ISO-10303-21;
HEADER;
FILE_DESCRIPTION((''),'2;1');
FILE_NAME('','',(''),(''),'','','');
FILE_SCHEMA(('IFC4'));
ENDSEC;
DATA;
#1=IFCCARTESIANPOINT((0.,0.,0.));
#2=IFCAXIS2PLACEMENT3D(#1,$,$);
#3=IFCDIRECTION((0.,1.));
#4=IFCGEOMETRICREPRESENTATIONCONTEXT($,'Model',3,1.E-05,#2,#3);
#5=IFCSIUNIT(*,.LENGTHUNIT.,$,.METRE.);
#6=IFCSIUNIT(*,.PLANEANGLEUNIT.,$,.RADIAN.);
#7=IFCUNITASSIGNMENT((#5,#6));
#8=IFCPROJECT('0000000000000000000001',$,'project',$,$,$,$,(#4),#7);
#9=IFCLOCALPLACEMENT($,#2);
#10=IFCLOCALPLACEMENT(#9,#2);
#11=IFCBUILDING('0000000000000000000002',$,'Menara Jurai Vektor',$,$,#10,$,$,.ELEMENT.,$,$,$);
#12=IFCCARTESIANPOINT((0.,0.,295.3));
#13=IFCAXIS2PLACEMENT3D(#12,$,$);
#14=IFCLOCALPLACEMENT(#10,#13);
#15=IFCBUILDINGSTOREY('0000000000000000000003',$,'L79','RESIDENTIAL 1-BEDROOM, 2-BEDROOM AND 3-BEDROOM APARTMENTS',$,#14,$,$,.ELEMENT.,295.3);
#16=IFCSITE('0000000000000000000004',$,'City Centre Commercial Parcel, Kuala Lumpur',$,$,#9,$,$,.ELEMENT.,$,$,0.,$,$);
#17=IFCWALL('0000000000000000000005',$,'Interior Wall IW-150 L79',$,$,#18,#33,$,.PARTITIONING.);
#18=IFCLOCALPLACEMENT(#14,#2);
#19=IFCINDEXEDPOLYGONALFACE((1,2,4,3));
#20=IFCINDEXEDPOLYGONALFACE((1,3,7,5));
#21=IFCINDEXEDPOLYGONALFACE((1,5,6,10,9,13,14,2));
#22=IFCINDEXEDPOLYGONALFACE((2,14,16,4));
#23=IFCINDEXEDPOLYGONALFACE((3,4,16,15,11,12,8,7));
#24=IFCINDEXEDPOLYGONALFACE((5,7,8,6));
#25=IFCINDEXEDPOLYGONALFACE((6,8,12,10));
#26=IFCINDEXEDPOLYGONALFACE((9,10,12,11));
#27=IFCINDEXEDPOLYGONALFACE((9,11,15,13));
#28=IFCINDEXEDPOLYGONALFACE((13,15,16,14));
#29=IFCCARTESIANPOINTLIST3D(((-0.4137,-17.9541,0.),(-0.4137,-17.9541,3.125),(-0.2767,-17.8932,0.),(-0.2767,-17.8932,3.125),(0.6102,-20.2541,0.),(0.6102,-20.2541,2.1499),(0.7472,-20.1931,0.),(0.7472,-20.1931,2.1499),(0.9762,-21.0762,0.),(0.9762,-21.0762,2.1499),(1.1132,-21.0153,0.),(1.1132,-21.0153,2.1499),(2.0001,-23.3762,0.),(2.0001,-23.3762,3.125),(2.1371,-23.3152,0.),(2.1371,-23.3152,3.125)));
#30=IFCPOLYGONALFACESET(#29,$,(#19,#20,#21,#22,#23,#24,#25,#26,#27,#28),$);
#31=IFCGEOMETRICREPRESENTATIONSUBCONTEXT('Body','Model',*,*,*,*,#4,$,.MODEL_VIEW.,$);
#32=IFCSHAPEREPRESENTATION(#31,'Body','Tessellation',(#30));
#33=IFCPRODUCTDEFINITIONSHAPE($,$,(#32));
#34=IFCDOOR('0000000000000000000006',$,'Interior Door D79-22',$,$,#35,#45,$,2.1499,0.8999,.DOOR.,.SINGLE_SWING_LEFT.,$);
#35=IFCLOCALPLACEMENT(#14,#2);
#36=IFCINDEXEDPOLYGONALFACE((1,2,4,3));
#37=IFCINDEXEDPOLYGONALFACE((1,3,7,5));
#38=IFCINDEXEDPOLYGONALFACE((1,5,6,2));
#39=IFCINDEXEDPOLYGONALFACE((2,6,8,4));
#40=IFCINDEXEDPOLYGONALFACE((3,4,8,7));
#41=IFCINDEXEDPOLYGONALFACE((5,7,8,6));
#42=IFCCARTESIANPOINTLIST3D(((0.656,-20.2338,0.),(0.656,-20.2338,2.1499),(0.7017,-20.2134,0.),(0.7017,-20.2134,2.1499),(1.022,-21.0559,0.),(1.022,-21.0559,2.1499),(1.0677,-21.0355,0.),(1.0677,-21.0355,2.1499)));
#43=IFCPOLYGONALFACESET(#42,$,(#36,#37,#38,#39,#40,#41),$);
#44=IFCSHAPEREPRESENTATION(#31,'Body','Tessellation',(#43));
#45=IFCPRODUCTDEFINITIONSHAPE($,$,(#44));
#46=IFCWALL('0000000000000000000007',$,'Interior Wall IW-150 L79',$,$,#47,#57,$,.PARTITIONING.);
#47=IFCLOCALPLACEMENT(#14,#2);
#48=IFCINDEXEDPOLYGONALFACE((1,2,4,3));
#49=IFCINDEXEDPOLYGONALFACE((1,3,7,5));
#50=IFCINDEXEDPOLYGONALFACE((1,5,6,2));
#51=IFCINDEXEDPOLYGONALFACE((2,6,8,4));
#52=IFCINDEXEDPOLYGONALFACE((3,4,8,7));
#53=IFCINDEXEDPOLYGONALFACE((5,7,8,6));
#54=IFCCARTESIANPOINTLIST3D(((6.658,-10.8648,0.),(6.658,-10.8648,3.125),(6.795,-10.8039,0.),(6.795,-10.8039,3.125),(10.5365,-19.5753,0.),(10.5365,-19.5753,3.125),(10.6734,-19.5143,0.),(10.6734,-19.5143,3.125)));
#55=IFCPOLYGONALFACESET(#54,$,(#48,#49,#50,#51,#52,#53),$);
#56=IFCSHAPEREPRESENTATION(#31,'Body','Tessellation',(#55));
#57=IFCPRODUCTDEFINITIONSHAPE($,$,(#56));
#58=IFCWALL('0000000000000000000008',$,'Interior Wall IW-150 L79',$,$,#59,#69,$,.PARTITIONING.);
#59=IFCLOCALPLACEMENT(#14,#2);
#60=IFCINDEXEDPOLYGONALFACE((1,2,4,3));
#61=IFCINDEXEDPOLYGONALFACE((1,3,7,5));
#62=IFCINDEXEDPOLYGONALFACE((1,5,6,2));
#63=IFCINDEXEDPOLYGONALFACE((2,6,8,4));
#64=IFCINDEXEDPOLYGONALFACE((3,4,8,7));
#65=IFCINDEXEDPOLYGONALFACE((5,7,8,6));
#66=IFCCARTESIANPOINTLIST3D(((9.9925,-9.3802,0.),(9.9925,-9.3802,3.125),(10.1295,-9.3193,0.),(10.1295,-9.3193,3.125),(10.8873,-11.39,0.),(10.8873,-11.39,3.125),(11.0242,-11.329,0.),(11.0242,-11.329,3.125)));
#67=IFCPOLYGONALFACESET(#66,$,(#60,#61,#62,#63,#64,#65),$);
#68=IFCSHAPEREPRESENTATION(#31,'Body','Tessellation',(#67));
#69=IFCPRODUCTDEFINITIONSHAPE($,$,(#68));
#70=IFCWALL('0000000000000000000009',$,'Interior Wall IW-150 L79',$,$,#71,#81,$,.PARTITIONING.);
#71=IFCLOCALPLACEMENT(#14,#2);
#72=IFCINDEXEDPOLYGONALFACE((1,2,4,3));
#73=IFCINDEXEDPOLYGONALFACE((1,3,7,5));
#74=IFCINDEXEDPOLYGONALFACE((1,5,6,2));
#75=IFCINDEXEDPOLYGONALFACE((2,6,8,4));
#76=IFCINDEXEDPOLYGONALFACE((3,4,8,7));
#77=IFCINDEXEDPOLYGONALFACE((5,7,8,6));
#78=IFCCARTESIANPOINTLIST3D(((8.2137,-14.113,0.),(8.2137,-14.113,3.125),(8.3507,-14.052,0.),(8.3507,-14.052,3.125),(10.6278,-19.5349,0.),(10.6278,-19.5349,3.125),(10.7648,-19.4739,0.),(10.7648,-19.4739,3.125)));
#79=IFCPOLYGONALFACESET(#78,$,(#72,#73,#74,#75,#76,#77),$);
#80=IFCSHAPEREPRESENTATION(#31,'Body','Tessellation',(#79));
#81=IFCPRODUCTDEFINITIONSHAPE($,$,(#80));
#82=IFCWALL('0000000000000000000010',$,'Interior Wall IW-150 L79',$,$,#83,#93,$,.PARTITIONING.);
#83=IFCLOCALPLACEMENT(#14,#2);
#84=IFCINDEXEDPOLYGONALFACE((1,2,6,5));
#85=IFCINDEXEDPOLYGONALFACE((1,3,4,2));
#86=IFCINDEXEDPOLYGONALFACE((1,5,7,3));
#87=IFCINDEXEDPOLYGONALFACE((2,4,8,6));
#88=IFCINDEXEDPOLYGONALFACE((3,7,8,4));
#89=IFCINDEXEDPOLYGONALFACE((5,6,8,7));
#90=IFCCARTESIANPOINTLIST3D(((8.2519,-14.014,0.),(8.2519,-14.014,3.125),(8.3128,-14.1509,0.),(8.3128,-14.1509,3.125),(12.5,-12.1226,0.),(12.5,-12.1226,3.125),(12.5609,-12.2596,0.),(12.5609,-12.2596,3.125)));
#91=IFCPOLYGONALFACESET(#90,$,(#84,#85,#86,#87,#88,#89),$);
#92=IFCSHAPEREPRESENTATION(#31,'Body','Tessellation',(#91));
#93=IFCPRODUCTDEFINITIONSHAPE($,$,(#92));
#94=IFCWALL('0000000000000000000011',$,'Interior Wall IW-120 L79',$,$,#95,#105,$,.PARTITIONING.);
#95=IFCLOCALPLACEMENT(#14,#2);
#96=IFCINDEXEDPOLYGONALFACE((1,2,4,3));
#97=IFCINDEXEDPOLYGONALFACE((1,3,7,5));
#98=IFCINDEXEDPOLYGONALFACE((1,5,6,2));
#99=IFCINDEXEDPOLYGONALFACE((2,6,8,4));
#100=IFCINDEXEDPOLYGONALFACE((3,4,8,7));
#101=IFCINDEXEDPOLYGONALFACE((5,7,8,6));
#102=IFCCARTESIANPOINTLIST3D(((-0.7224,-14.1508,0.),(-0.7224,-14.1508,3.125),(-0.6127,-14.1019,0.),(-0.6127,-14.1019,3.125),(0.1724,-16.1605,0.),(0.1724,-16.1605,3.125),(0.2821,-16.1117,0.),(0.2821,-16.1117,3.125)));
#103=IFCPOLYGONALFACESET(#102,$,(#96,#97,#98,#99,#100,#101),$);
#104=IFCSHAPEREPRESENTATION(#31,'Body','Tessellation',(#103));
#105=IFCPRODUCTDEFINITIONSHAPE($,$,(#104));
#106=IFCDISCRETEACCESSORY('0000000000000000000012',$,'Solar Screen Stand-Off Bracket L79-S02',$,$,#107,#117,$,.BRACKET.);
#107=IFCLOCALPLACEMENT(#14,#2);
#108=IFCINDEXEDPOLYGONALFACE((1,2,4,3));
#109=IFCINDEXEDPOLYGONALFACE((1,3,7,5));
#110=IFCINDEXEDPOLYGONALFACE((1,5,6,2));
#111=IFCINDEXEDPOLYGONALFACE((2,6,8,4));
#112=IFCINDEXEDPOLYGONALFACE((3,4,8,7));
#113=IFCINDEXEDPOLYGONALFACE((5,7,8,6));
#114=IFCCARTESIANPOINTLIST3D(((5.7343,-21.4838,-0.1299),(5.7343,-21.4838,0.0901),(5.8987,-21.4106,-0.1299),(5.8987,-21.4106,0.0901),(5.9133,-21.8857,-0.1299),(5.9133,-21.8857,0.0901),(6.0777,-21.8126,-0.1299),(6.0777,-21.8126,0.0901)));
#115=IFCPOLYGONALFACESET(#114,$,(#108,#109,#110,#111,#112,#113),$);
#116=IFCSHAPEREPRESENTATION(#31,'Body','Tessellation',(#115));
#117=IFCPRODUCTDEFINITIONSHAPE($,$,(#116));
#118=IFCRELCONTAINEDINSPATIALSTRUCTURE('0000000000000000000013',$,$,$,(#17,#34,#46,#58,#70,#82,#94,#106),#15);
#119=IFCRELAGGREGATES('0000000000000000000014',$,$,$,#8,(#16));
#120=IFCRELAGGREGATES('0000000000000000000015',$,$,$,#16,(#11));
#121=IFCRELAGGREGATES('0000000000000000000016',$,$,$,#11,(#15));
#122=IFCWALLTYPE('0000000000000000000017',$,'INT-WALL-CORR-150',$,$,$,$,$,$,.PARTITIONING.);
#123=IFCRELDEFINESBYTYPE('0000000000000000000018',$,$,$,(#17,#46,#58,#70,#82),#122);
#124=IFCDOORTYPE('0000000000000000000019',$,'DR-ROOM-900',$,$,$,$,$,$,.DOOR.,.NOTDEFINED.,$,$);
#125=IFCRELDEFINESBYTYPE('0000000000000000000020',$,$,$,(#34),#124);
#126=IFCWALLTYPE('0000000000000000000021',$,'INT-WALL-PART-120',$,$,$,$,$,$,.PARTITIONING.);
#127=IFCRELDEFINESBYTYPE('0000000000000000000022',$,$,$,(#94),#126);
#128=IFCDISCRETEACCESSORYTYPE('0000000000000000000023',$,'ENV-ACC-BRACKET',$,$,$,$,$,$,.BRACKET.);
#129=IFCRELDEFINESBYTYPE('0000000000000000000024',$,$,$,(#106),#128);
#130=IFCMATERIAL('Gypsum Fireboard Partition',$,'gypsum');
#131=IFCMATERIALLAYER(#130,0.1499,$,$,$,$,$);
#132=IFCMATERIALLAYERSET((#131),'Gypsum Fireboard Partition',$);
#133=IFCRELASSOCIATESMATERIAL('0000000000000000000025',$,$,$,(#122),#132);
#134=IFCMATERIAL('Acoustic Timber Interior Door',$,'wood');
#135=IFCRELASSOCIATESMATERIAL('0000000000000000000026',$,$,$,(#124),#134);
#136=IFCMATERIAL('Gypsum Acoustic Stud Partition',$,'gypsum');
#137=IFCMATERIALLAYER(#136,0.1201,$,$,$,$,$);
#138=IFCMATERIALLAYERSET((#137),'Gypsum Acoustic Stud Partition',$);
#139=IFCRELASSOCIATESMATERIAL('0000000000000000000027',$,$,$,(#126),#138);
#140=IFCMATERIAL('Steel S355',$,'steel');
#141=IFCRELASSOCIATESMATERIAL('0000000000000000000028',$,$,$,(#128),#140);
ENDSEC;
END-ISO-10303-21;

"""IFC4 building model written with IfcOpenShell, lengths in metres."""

from ifc_helpers import new_model, si_unit, direction, frame, frame_2d, origin, origin_2d, place, context, subcontext, project, spatial, rectangle, extrude, material, layer, layer_set, type_object, element, fill, save


model = new_model("IFC4")

# Units and contexts
model_context = context("Model", 3, precision=1e-05, world=origin(), true_north=direction((0.0, 1.0)))
body_context = subcontext(model_context, "Body", "Model", "MODEL_VIEW")
ifc_project = project(units=[si_unit("LENGTHUNIT", "METRE"), si_unit("PLANEANGLEUNIT", "RADIAN")], contexts=[model_context])

# Site, building, storey
site_placement = place(None, origin())
site = spatial("IfcSite", under=ifc_project, at=site_placement, Name="City Centre Commercial Parcel, Kuala Lumpur", CompositionType="ELEMENT", RefElevation=0.0)
building_placement = place(site_placement, origin())
building = spatial("IfcBuilding", under=site, at=building_placement, Name="Menara Jurai Vektor", CompositionType="ELEMENT")
storey_placement = place(building_placement, frame((0.0, 0.0, 295.3)))
storey = spatial("IfcBuildingStorey", under=building, at=storey_placement, Name="L79", Description="RESIDENTIAL 1-BEDROOM, 2-BEDROOM AND 3-BEDROOM APARTMENTS", CompositionType="ELEMENT", Elevation=295.3)

# Shared definitions
ifc_material_1 = material(Name="Steel S355", Category="steel")

# Shared definitions
ifc_material_2 = material(Name="Gypsum Fireboard Partition", Category="gypsum")
ifc_layer_1 = layer(ifc_material_2, 0.1499)
ifc_layer_set_1 = layer_set([ifc_layer_1], Name="Gypsum Fireboard Partition")
wall_type_1 = type_object("IfcWallType", Name="INT-WALL-CORR-150", PredefinedType="PARTITIONING", material=ifc_layer_set_1)
ifc_material_3 = material(Name="Acoustic Timber Interior Door", Category="wood")
door_type_1 = type_object("IfcDoorType", Name="DR-ROOM-900", OperationType="NOTDEFINED", PredefinedType="DOOR", material=ifc_material_3)

# Wall, opening, door
wall_1_placement = place(storey_placement, frame((2.0686, -23.3457, 0.0), z_axis=(0.0, 0.0, 1.0), x_axis=(-0.406699, 0.913562, 0.0)))
wall_1 = element("IfcWall", 1, at=wall_1_placement, inside=storey, type_object=wall_type_1, Name="Interior Wall IW-150 L79", PredefinedType="PARTITIONING", context=body_context, shape_type="SweptSolid", body=[
    extrude(rectangle(XDim=5.9351, YDim=0.1499, at=frame_2d((2.9675, 0.0))), origin(), (0.0, 0.0, 1.0), 3.125),
])
opening_1_placement = place(wall_1_placement, frame((2.5176, 0.0, 0.0)))
opening_1 = element("IfcOpeningElement", 2, at=opening_1_placement, cuts=wall_1, PredefinedType="OPENING", context=body_context, shape_type="SweptSolid", body=[
    extrude(rectangle(XDim=0.8999, YDim=2.1499, at=frame_2d((0.45, 1.075))), frame((0.0, 0.085, 0.0), z_axis=(0.0, -1.0, 0.0), x_axis=(1.0, 0.0, 0.0)), (0.0, 0.0, 1.0), 0.1699),
])
door_1_placement = place(opening_1_placement, origin())
door_1 = element("IfcDoor", 3, at=door_1_placement, inside=storey, type_object=door_type_1, Name="Interior Door D79-22", OperationType="SINGLE_SWING_LEFT", OverallHeight=2.1499, OverallWidth=0.8999, PredefinedType="DOOR", context=body_context, shape_type="SweptSolid", body=[
    extrude(rectangle(XDim=0.8999, YDim=2.1499, at=frame_2d((0.45, 1.075))), frame((0.0, 0.0249, 0.0), z_axis=(0.0, -1.0, 0.0), x_axis=(1.0, 0.0, 0.0)), (0.0, 0.0, 1.0), 0.05),
])
fill(opening_1, door_1)

# Walls
wall_2_placement = place(storey_placement, frame((10.605, -19.5449, 0.0), z_axis=(0.0, 0.0, 1.0), x_axis=(-0.406761, 0.913535, 0.0)))
element("IfcWall", 4, at=wall_2_placement, inside=storey, type_object=wall_type_1, Name="Interior Wall IW-150 L79", PredefinedType="PARTITIONING", context=body_context, shape_type="SweptSolid", body=[
    extrude(rectangle(XDim=9.5349, YDim=0.1499, at=frame_2d((4.7676, 0.0))), origin(), (0.0, 0.0, 1.0), 3.125),
])
wall_3_placement = place(storey_placement, frame((10.9558, -11.3596, 0.0), z_axis=(0.0, 0.0, 1.0), x_axis=(-0.406725, 0.913551, 0.0)))
element("IfcWall", 5, at=wall_3_placement, inside=storey, type_object=wall_type_1, Name="Interior Wall IW-150 L79", PredefinedType="PARTITIONING", context=body_context, shape_type="SweptSolid", body=[
    extrude(rectangle(XDim=2.2, YDim=0.1499, at=frame_2d((1.1001, 0.0))), origin(), (0.0, 0.0, 1.0), 3.125),
])

# Walls
wall_4_placement = place(storey_placement, frame((10.6963, -19.5044, 0.0), z_axis=(0.0, 0.0, 1.0), x_axis=(-0.406749, 0.91354, 0.0)))
element("IfcWall", 6, at=wall_4_placement, inside=storey, type_object=wall_type_1, Name="Interior Wall IW-150 L79", PredefinedType="PARTITIONING", context=body_context, shape_type="SweptSolid", body=[
    extrude(rectangle(XDim=5.9351, YDim=0.1499, at=frame_2d((2.9675, 0.0))), origin(), (0.0, 0.0, 1.0), 3.125),
])
wall_5_placement = place(storey_placement, frame((8.2822, -14.0825, 0.0), z_axis=(0.0, 0.0, 1.0), x_axis=(0.913545, 0.406738, 0.0)))
element("IfcWall", 7, at=wall_5_placement, inside=storey, type_object=wall_type_1, Name="Interior Wall IW-150 L79", PredefinedType="PARTITIONING", context=body_context, shape_type="SweptSolid", body=[
    extrude(rectangle(XDim=4.6501, YDim=0.1499, at=frame_2d((2.3252, 0.0))), origin(), (0.0, 0.0, 1.0), 3.125),
])
ifc_material_4 = material(Name="Gypsum Acoustic Stud Partition", Category="gypsum")
ifc_layer_2 = layer(ifc_material_4, 0.1201)
ifc_layer_set_2 = layer_set([ifc_layer_2], Name="Gypsum Acoustic Stud Partition")
wall_type_2 = type_object("IfcWallType", Name="INT-WALL-PART-120", PredefinedType="PARTITIONING", material=ifc_layer_set_2)
wall_6_placement = place(storey_placement, frame((0.2273, -16.1362, 0.0), z_axis=(0.0, 0.0, 1.0), x_axis=(-0.406725, 0.913551, 0.0)))
element("IfcWall", 8, at=wall_6_placement, inside=storey, type_object=wall_type_2, Name="Interior Wall IW-120 L79", PredefinedType="PARTITIONING", context=body_context, shape_type="SweptSolid", body=[
    extrude(rectangle(XDim=2.2, YDim=0.1201, at=frame_2d((1.1001, 0.0))), origin(), (0.0, 0.0, 1.0), 3.125),
])

# Discrete accessory
discrete_accessory_type = type_object("IfcDiscreteAccessoryType", Name="ENV-ACC-BRACKET", PredefinedType="BRACKET", material=ifc_material_1)
discrete_accessory_placement = place(storey_placement, frame((5.906, -21.6482, -0.1299), z_axis=(0.0, 0.0, 1.0), x_axis=(0.913545, 0.406737, 0.0)))
element("IfcDiscreteAccessory", 9, at=discrete_accessory_placement, inside=storey, type_object=discrete_accessory_type, Name="Solar Screen Stand-Off Bracket L79-S02", PredefinedType="BRACKET", context=body_context, shape_type="SweptSolid", body=[
    extrude(rectangle(XDim=0.1799, YDim=0.4399, at=origin_2d()), origin(), (0.0, 0.0, 1.0), 0.22),
])

save(model, "model.ifc")
